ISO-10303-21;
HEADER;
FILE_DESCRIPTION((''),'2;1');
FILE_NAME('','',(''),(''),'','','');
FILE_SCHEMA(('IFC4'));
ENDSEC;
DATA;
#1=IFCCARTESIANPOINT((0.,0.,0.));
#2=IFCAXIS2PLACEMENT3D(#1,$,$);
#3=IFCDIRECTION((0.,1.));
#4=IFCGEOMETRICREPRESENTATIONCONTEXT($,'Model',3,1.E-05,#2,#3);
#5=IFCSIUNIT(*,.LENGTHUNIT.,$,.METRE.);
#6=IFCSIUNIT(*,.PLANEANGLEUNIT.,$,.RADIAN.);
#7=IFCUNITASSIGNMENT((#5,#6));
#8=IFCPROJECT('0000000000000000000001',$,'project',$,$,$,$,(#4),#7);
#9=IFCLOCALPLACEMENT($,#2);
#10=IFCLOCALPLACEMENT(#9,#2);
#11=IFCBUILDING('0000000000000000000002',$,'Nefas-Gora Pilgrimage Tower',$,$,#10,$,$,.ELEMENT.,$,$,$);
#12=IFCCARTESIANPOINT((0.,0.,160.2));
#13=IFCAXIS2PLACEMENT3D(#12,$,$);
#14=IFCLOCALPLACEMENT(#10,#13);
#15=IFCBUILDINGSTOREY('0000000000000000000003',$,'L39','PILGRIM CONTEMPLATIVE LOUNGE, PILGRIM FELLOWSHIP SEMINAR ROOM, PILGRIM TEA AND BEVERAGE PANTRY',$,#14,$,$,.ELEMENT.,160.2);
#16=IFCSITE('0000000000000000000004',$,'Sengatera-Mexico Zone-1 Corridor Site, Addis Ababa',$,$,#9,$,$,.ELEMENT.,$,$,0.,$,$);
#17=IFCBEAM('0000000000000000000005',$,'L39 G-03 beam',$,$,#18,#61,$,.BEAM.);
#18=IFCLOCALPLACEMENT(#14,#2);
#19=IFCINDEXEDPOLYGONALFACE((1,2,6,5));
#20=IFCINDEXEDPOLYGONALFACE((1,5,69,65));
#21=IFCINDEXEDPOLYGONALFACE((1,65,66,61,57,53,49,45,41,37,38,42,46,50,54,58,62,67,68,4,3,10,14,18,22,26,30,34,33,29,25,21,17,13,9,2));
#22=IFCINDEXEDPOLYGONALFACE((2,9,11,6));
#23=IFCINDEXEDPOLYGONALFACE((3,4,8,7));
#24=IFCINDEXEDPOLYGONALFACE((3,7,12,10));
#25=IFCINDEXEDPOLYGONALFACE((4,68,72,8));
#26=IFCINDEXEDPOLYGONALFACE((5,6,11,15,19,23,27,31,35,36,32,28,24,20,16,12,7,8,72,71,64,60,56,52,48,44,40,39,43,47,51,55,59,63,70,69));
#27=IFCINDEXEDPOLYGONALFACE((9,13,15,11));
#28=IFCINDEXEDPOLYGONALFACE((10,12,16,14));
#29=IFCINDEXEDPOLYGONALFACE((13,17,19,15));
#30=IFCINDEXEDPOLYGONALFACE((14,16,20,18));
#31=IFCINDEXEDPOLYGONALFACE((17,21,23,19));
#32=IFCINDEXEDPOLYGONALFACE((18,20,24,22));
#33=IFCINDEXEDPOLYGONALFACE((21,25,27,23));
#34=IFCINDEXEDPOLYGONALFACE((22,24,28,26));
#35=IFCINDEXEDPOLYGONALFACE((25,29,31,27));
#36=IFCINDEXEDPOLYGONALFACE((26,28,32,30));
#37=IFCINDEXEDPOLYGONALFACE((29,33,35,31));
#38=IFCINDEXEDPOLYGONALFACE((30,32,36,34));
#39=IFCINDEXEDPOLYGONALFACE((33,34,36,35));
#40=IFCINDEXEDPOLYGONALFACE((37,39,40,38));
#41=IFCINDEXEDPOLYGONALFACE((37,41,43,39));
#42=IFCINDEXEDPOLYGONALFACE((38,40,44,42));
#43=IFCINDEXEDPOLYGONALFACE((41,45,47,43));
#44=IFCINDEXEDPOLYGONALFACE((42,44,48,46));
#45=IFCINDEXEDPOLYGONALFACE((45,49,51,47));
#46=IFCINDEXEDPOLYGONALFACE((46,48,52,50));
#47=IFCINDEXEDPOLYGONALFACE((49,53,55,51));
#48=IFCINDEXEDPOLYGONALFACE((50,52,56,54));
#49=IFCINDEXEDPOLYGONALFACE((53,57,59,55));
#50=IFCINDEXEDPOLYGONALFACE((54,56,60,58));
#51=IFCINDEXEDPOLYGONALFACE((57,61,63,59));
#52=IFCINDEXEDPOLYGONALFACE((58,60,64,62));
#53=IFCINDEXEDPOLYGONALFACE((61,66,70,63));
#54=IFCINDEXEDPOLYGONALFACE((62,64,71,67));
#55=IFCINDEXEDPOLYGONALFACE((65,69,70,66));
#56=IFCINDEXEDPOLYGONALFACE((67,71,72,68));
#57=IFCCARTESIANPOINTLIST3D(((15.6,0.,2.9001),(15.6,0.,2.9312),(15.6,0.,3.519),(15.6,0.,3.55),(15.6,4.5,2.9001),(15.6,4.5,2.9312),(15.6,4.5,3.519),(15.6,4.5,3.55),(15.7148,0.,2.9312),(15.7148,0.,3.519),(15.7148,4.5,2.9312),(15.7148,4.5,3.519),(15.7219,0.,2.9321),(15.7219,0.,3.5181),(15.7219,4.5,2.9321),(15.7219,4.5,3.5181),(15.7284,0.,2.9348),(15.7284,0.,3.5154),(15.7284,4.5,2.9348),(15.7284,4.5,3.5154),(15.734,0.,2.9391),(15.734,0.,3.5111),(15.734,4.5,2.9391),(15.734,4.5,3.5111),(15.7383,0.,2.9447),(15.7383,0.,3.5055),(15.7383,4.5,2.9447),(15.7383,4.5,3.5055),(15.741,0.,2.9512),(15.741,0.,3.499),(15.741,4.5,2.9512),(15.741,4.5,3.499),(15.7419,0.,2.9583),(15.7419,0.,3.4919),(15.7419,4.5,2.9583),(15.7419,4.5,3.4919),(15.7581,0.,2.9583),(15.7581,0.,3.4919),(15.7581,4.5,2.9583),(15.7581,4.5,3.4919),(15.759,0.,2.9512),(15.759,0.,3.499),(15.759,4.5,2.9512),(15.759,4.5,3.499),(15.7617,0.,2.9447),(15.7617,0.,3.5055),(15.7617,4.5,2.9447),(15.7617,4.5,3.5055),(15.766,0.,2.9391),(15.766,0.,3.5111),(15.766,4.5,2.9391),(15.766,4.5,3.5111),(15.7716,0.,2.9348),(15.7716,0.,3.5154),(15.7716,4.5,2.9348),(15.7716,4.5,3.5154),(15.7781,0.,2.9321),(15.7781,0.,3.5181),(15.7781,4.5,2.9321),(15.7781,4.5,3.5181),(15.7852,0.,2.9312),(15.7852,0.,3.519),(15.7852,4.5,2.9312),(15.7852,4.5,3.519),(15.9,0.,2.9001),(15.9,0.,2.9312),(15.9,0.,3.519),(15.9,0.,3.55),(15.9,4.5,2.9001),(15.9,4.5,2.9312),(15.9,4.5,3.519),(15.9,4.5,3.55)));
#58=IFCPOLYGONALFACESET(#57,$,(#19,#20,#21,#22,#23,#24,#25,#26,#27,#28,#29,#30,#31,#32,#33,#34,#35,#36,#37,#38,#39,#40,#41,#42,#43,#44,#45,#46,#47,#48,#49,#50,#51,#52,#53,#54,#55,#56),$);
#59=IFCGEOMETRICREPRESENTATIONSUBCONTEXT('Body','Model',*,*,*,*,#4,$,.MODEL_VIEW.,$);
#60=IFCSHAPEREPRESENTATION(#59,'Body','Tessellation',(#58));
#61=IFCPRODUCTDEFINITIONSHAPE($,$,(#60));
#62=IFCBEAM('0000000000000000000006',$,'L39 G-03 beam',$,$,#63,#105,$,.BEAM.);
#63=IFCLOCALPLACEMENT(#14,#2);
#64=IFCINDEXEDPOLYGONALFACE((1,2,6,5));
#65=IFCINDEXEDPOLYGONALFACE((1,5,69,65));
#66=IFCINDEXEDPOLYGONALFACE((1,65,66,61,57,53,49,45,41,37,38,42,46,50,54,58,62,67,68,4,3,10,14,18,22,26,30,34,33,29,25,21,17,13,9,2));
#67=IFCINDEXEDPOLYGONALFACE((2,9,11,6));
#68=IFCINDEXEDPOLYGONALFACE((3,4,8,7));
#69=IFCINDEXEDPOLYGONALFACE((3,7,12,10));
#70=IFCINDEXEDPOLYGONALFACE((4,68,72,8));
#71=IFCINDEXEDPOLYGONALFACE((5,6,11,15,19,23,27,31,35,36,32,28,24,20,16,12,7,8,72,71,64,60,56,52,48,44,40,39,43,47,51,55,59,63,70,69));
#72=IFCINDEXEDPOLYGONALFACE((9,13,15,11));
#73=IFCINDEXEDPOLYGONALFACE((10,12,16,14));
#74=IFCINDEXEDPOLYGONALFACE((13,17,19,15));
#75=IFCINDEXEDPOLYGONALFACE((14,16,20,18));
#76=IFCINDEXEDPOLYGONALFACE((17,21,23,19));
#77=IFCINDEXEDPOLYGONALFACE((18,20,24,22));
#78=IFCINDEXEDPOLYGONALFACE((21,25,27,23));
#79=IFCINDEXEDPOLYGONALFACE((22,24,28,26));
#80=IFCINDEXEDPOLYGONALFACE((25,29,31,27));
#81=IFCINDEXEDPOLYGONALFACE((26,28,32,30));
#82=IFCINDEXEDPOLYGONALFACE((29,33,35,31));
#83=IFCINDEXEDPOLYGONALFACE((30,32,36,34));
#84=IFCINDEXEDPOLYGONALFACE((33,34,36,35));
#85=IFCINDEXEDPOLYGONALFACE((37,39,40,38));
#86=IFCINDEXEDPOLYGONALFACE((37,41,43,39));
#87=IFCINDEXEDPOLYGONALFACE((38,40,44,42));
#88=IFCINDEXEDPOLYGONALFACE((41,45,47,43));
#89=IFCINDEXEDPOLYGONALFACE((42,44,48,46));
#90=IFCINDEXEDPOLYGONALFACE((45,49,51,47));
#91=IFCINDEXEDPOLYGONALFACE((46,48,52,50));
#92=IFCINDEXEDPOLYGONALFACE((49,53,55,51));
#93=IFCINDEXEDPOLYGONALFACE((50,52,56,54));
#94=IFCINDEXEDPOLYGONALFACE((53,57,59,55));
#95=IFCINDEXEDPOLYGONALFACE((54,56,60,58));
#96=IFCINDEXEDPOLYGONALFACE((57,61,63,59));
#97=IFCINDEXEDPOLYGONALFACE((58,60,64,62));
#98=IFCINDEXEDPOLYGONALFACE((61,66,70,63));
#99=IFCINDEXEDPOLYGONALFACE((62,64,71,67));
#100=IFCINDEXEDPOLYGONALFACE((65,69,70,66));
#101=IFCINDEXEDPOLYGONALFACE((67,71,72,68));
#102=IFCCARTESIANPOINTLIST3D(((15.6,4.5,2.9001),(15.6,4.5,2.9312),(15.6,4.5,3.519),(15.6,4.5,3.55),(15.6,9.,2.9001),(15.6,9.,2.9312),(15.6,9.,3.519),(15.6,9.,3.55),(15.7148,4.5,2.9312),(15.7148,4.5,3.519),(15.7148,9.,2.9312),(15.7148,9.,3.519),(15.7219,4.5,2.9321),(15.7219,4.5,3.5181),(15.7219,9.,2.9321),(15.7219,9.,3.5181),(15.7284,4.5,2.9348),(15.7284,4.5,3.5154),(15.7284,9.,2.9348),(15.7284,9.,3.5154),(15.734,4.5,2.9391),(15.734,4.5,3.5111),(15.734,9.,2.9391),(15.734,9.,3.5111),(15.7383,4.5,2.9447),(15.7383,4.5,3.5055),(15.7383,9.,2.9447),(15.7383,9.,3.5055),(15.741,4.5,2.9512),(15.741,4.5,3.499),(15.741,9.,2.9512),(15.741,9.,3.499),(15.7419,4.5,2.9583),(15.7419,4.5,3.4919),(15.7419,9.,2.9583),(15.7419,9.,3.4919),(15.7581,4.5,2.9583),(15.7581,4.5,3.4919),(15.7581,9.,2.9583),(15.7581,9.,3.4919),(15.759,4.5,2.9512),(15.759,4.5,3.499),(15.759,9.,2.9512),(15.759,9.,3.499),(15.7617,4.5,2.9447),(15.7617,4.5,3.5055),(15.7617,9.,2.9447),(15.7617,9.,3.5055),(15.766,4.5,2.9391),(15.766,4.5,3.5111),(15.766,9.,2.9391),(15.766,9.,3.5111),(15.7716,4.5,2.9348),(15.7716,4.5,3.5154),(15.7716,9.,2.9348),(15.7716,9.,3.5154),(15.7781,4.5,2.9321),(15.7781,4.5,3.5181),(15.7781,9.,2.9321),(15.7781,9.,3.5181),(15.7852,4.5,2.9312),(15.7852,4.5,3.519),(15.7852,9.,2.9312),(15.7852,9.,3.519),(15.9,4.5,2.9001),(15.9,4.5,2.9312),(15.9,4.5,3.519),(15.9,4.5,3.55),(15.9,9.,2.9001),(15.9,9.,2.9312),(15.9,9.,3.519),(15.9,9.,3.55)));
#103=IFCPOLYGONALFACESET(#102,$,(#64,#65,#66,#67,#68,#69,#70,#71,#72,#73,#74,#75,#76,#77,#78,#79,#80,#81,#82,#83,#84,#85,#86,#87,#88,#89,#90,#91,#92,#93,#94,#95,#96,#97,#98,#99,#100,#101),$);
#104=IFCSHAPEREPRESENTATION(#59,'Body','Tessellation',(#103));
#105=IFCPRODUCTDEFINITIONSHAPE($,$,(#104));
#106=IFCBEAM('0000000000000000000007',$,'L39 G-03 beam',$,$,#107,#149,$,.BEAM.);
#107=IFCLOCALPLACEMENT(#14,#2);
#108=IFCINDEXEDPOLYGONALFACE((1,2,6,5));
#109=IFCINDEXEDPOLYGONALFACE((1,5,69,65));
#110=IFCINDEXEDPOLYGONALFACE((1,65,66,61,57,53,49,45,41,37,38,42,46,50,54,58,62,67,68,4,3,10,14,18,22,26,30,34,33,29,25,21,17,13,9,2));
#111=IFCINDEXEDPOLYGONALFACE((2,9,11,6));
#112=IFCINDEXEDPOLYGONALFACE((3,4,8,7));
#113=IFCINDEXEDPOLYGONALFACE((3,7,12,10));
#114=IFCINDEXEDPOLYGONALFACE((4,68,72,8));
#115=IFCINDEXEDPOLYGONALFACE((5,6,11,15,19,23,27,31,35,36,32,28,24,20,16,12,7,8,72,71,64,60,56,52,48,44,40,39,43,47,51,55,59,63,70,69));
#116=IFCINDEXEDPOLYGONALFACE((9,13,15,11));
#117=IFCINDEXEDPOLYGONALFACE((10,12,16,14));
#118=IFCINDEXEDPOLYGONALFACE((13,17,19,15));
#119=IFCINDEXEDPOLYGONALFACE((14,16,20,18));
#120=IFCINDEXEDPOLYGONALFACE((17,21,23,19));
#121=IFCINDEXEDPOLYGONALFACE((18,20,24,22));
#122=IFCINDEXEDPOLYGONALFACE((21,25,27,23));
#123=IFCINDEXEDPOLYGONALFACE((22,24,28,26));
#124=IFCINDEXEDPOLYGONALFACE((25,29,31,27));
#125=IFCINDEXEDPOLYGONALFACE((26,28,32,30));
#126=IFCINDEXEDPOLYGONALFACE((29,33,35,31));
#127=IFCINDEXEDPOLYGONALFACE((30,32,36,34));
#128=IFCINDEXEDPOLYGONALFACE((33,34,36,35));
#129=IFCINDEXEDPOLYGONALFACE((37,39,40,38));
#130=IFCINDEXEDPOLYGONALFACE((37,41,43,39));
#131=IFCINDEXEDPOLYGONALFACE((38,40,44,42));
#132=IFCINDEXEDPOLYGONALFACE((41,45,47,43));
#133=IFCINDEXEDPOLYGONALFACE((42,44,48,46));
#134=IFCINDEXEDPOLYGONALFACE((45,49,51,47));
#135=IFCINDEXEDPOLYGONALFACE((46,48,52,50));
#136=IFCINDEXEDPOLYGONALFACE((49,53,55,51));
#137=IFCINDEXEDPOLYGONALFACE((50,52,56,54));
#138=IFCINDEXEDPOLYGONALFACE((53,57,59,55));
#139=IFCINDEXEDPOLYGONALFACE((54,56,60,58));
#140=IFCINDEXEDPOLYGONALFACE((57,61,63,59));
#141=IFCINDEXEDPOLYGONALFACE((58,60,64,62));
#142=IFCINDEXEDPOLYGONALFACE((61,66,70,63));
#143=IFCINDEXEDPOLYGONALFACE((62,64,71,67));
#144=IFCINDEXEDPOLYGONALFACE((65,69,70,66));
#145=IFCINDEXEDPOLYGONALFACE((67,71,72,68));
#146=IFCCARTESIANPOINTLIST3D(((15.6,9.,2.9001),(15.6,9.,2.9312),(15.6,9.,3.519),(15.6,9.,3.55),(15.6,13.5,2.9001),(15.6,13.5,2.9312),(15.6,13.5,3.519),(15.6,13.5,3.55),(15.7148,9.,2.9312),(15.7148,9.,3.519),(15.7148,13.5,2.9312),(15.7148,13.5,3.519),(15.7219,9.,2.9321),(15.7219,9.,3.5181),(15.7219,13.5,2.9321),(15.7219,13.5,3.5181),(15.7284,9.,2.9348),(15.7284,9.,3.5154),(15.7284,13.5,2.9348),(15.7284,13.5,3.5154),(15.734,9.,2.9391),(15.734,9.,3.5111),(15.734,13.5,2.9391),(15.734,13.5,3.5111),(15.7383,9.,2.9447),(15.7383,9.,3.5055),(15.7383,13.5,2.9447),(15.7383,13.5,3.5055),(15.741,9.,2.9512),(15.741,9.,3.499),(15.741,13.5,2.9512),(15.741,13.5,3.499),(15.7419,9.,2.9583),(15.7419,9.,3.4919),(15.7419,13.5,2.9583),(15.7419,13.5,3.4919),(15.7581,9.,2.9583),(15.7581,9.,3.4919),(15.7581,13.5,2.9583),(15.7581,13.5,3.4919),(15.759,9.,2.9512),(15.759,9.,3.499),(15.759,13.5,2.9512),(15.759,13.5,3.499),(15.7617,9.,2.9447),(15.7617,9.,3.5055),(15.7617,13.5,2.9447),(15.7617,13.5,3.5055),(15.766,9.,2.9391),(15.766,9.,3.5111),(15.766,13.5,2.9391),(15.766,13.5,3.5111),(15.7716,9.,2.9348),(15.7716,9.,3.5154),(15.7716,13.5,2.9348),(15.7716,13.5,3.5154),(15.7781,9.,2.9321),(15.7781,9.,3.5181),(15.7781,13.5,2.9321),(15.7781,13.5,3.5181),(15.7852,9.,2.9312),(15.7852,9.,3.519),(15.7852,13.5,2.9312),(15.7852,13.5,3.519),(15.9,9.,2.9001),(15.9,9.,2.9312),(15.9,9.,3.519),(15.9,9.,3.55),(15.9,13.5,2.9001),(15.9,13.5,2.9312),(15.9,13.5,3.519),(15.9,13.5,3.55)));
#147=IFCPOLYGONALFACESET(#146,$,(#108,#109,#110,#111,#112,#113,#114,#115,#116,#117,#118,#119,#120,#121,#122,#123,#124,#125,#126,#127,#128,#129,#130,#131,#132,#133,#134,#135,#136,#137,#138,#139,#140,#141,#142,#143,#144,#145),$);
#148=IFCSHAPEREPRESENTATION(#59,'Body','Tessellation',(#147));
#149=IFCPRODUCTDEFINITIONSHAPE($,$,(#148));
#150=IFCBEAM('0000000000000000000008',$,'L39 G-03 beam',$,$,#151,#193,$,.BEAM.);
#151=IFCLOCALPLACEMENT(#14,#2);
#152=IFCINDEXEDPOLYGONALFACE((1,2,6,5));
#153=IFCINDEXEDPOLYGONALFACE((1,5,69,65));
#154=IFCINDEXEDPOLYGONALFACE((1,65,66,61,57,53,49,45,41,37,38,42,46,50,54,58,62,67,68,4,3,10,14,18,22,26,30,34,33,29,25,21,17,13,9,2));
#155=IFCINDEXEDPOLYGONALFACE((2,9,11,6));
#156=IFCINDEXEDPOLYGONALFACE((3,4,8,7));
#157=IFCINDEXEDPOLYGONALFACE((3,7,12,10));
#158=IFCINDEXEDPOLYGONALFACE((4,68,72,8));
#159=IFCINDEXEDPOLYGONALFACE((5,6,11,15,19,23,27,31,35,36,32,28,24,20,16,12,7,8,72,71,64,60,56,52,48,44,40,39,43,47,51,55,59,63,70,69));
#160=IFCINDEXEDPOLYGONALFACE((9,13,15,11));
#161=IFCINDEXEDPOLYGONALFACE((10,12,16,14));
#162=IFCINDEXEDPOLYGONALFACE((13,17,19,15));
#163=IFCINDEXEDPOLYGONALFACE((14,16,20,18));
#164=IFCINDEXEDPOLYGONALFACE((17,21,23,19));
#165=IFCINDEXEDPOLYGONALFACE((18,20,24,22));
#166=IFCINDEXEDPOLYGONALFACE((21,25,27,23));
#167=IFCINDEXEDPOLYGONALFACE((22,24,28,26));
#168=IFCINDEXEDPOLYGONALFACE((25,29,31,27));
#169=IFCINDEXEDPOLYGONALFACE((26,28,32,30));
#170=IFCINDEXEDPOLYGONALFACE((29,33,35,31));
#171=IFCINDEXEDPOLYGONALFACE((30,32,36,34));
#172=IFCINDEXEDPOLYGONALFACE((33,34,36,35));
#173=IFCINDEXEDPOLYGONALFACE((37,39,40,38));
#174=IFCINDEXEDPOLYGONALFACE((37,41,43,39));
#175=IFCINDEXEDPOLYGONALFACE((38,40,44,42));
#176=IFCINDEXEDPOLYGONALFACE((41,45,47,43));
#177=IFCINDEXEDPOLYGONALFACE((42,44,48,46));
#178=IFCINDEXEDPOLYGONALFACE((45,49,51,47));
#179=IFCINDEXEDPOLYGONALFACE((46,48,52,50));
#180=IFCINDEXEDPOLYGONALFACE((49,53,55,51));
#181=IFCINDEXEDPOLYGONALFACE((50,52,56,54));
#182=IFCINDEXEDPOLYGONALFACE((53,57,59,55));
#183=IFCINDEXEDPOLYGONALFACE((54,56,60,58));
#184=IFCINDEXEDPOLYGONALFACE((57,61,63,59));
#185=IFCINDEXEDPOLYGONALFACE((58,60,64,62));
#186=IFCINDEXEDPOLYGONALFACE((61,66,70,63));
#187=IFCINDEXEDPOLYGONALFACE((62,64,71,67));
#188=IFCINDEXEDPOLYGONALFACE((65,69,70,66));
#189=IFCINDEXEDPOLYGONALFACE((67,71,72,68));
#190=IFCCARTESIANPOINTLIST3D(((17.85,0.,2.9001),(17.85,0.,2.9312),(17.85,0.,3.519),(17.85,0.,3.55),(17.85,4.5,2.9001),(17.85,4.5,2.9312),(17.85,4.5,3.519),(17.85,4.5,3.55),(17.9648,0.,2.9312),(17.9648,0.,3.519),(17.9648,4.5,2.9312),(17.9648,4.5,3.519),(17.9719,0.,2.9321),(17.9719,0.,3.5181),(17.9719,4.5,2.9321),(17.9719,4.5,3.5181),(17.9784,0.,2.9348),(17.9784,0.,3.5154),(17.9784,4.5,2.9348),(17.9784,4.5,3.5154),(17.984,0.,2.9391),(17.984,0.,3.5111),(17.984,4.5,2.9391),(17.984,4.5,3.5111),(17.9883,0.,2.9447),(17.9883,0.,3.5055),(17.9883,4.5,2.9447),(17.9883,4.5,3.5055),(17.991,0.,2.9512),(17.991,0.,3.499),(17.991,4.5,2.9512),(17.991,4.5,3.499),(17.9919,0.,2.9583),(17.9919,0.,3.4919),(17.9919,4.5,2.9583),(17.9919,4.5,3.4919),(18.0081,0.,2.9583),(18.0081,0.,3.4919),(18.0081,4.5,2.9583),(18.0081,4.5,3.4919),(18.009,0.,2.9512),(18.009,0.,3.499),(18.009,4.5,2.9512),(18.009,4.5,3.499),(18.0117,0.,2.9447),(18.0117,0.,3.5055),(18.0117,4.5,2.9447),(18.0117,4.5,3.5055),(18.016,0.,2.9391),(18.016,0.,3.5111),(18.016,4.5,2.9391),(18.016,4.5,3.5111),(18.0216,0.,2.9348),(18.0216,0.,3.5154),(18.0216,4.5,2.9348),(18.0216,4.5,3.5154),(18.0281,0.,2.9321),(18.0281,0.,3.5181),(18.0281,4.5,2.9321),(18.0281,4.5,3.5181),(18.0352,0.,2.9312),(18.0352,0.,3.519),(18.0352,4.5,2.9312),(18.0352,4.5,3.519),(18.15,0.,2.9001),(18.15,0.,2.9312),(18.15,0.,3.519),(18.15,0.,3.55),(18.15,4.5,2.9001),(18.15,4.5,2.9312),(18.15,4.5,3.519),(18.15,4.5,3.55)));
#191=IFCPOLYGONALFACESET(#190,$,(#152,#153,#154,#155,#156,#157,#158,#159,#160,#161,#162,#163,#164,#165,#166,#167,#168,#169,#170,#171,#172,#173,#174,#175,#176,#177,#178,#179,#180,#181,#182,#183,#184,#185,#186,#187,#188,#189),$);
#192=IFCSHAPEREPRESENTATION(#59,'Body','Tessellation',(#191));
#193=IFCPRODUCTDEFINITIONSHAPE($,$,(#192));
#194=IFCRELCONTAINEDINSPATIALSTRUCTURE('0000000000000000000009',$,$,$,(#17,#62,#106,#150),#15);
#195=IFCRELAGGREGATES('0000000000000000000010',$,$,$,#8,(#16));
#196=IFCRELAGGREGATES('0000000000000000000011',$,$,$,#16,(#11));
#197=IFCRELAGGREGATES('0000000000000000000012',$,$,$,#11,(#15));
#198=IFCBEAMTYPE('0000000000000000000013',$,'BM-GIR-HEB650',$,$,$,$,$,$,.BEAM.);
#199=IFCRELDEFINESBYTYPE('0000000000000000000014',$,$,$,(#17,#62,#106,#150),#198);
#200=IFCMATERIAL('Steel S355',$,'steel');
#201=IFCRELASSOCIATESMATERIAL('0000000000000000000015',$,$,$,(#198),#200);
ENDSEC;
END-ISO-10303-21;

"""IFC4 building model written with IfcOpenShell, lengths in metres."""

from ifc_helpers import new_model, si_unit, direction, frame, origin, origin_2d, place, context, subcontext, project, spatial, i_section, extrude, source, transform, mapped, material, material_profile, profile_set, type_object, element, save


model = new_model("IFC4")

# Units and contexts
model_context = context("Model", 3, precision=1e-05, world=origin(), true_north=direction((0.0, 1.0)))
body_context = subcontext(model_context, "Body", "Model", "MODEL_VIEW")
ifc_project = project(units=[si_unit("LENGTHUNIT", "METRE"), si_unit("PLANEANGLEUNIT", "RADIAN")], contexts=[model_context])

# Site, building, storey
site_placement = place(None, origin())
site = spatial("IfcSite", under=ifc_project, at=site_placement, Name="Sengatera-Mexico Zone-1 Corridor Site, Addis Ababa", CompositionType="ELEMENT", RefElevation=0.0)
building_placement = place(site_placement, origin())
building = spatial("IfcBuilding", under=site, at=building_placement, Name="Nefas-Gora Pilgrimage Tower", CompositionType="ELEMENT")
storey_placement = place(building_placement, frame((0.0, 0.0, 160.2)))
storey = spatial("IfcBuildingStorey", under=building, at=storey_placement, Name="L39", Description="PILGRIM CONTEMPLATIVE LOUNGE, PILGRIM FELLOWSHIP SEMINAR ROOM, PILGRIM TEA AND BEVERAGE PANTRY", CompositionType="ELEMENT", Elevation=160.2)

# Beams
ifc_material_1 = material(Name="Steel S355", Category="steel")
ifc_material_profile_1 = material_profile(ifc_material_1, i_section(OverallWidth=0.3, OverallDepth=0.6499, WebThickness=0.0161, FlangeThickness=0.031, FilletRadius=0.0271, at=origin_2d()), Name="HEB 650")
ifc_profile_set_1 = profile_set([ifc_material_profile_1], Name="Steel S355")
beam_type_1 = type_object("IfcBeamType", Name="BM-GIR-HEB650", PredefinedType="BEAM", material=ifc_profile_set_1)
shared_shape_1 = source(origin(), body_context, "Body", "SweptSolid", [
    extrude(i_section(OverallWidth=0.3, OverallDepth=0.6499, WebThickness=0.0161, FlangeThickness=0.031, FilletRadius=0.0271, at=origin_2d()), origin(), (0.0, 0.0, 1.0), 4.5),
])
for number, where, z_axis, x_axis, name in (
    (1, (15.75, 0.0, 3.2251), (0.0, 1.0, 0.0), (-1.0, 0.0, 0.0), "L39 G-03 beam"),
    (2, (15.75, 4.5, 3.2251), (0.0, 1.0, 0.0), (-1.0, 0.0, 0.0), "L39 G-03 beam"),
    (3, (15.75, 9.0, 3.2251), (0.0, 1.0, 0.0), (-1.0, 0.0, 0.0), "L39 G-03 beam"),
    (4, (18.0, 0.0, 3.2251), (0.0, 1.0, 0.0), (-1.0, 0.0, 0.0), "L39 G-03 beam"),
):
    element("IfcBeam", number, at=place(storey_placement, frame(where, z_axis=z_axis, x_axis=x_axis)), inside=storey, type_object=beam_type_1, Name=name, PredefinedType="BEAM", context=body_context, shape_type="MappedRepresentation", body=[
        mapped(shared_shape_1, transform((0.0, 0.0, 0.0), x_axis=(1.0, 0.0, 0.0), y_axis=(0.0, 1.0, 0.0), z_axis=(0.0, 0.0, 1.0), scale=1.0)),
    ])

save(model, "model.ifc")
